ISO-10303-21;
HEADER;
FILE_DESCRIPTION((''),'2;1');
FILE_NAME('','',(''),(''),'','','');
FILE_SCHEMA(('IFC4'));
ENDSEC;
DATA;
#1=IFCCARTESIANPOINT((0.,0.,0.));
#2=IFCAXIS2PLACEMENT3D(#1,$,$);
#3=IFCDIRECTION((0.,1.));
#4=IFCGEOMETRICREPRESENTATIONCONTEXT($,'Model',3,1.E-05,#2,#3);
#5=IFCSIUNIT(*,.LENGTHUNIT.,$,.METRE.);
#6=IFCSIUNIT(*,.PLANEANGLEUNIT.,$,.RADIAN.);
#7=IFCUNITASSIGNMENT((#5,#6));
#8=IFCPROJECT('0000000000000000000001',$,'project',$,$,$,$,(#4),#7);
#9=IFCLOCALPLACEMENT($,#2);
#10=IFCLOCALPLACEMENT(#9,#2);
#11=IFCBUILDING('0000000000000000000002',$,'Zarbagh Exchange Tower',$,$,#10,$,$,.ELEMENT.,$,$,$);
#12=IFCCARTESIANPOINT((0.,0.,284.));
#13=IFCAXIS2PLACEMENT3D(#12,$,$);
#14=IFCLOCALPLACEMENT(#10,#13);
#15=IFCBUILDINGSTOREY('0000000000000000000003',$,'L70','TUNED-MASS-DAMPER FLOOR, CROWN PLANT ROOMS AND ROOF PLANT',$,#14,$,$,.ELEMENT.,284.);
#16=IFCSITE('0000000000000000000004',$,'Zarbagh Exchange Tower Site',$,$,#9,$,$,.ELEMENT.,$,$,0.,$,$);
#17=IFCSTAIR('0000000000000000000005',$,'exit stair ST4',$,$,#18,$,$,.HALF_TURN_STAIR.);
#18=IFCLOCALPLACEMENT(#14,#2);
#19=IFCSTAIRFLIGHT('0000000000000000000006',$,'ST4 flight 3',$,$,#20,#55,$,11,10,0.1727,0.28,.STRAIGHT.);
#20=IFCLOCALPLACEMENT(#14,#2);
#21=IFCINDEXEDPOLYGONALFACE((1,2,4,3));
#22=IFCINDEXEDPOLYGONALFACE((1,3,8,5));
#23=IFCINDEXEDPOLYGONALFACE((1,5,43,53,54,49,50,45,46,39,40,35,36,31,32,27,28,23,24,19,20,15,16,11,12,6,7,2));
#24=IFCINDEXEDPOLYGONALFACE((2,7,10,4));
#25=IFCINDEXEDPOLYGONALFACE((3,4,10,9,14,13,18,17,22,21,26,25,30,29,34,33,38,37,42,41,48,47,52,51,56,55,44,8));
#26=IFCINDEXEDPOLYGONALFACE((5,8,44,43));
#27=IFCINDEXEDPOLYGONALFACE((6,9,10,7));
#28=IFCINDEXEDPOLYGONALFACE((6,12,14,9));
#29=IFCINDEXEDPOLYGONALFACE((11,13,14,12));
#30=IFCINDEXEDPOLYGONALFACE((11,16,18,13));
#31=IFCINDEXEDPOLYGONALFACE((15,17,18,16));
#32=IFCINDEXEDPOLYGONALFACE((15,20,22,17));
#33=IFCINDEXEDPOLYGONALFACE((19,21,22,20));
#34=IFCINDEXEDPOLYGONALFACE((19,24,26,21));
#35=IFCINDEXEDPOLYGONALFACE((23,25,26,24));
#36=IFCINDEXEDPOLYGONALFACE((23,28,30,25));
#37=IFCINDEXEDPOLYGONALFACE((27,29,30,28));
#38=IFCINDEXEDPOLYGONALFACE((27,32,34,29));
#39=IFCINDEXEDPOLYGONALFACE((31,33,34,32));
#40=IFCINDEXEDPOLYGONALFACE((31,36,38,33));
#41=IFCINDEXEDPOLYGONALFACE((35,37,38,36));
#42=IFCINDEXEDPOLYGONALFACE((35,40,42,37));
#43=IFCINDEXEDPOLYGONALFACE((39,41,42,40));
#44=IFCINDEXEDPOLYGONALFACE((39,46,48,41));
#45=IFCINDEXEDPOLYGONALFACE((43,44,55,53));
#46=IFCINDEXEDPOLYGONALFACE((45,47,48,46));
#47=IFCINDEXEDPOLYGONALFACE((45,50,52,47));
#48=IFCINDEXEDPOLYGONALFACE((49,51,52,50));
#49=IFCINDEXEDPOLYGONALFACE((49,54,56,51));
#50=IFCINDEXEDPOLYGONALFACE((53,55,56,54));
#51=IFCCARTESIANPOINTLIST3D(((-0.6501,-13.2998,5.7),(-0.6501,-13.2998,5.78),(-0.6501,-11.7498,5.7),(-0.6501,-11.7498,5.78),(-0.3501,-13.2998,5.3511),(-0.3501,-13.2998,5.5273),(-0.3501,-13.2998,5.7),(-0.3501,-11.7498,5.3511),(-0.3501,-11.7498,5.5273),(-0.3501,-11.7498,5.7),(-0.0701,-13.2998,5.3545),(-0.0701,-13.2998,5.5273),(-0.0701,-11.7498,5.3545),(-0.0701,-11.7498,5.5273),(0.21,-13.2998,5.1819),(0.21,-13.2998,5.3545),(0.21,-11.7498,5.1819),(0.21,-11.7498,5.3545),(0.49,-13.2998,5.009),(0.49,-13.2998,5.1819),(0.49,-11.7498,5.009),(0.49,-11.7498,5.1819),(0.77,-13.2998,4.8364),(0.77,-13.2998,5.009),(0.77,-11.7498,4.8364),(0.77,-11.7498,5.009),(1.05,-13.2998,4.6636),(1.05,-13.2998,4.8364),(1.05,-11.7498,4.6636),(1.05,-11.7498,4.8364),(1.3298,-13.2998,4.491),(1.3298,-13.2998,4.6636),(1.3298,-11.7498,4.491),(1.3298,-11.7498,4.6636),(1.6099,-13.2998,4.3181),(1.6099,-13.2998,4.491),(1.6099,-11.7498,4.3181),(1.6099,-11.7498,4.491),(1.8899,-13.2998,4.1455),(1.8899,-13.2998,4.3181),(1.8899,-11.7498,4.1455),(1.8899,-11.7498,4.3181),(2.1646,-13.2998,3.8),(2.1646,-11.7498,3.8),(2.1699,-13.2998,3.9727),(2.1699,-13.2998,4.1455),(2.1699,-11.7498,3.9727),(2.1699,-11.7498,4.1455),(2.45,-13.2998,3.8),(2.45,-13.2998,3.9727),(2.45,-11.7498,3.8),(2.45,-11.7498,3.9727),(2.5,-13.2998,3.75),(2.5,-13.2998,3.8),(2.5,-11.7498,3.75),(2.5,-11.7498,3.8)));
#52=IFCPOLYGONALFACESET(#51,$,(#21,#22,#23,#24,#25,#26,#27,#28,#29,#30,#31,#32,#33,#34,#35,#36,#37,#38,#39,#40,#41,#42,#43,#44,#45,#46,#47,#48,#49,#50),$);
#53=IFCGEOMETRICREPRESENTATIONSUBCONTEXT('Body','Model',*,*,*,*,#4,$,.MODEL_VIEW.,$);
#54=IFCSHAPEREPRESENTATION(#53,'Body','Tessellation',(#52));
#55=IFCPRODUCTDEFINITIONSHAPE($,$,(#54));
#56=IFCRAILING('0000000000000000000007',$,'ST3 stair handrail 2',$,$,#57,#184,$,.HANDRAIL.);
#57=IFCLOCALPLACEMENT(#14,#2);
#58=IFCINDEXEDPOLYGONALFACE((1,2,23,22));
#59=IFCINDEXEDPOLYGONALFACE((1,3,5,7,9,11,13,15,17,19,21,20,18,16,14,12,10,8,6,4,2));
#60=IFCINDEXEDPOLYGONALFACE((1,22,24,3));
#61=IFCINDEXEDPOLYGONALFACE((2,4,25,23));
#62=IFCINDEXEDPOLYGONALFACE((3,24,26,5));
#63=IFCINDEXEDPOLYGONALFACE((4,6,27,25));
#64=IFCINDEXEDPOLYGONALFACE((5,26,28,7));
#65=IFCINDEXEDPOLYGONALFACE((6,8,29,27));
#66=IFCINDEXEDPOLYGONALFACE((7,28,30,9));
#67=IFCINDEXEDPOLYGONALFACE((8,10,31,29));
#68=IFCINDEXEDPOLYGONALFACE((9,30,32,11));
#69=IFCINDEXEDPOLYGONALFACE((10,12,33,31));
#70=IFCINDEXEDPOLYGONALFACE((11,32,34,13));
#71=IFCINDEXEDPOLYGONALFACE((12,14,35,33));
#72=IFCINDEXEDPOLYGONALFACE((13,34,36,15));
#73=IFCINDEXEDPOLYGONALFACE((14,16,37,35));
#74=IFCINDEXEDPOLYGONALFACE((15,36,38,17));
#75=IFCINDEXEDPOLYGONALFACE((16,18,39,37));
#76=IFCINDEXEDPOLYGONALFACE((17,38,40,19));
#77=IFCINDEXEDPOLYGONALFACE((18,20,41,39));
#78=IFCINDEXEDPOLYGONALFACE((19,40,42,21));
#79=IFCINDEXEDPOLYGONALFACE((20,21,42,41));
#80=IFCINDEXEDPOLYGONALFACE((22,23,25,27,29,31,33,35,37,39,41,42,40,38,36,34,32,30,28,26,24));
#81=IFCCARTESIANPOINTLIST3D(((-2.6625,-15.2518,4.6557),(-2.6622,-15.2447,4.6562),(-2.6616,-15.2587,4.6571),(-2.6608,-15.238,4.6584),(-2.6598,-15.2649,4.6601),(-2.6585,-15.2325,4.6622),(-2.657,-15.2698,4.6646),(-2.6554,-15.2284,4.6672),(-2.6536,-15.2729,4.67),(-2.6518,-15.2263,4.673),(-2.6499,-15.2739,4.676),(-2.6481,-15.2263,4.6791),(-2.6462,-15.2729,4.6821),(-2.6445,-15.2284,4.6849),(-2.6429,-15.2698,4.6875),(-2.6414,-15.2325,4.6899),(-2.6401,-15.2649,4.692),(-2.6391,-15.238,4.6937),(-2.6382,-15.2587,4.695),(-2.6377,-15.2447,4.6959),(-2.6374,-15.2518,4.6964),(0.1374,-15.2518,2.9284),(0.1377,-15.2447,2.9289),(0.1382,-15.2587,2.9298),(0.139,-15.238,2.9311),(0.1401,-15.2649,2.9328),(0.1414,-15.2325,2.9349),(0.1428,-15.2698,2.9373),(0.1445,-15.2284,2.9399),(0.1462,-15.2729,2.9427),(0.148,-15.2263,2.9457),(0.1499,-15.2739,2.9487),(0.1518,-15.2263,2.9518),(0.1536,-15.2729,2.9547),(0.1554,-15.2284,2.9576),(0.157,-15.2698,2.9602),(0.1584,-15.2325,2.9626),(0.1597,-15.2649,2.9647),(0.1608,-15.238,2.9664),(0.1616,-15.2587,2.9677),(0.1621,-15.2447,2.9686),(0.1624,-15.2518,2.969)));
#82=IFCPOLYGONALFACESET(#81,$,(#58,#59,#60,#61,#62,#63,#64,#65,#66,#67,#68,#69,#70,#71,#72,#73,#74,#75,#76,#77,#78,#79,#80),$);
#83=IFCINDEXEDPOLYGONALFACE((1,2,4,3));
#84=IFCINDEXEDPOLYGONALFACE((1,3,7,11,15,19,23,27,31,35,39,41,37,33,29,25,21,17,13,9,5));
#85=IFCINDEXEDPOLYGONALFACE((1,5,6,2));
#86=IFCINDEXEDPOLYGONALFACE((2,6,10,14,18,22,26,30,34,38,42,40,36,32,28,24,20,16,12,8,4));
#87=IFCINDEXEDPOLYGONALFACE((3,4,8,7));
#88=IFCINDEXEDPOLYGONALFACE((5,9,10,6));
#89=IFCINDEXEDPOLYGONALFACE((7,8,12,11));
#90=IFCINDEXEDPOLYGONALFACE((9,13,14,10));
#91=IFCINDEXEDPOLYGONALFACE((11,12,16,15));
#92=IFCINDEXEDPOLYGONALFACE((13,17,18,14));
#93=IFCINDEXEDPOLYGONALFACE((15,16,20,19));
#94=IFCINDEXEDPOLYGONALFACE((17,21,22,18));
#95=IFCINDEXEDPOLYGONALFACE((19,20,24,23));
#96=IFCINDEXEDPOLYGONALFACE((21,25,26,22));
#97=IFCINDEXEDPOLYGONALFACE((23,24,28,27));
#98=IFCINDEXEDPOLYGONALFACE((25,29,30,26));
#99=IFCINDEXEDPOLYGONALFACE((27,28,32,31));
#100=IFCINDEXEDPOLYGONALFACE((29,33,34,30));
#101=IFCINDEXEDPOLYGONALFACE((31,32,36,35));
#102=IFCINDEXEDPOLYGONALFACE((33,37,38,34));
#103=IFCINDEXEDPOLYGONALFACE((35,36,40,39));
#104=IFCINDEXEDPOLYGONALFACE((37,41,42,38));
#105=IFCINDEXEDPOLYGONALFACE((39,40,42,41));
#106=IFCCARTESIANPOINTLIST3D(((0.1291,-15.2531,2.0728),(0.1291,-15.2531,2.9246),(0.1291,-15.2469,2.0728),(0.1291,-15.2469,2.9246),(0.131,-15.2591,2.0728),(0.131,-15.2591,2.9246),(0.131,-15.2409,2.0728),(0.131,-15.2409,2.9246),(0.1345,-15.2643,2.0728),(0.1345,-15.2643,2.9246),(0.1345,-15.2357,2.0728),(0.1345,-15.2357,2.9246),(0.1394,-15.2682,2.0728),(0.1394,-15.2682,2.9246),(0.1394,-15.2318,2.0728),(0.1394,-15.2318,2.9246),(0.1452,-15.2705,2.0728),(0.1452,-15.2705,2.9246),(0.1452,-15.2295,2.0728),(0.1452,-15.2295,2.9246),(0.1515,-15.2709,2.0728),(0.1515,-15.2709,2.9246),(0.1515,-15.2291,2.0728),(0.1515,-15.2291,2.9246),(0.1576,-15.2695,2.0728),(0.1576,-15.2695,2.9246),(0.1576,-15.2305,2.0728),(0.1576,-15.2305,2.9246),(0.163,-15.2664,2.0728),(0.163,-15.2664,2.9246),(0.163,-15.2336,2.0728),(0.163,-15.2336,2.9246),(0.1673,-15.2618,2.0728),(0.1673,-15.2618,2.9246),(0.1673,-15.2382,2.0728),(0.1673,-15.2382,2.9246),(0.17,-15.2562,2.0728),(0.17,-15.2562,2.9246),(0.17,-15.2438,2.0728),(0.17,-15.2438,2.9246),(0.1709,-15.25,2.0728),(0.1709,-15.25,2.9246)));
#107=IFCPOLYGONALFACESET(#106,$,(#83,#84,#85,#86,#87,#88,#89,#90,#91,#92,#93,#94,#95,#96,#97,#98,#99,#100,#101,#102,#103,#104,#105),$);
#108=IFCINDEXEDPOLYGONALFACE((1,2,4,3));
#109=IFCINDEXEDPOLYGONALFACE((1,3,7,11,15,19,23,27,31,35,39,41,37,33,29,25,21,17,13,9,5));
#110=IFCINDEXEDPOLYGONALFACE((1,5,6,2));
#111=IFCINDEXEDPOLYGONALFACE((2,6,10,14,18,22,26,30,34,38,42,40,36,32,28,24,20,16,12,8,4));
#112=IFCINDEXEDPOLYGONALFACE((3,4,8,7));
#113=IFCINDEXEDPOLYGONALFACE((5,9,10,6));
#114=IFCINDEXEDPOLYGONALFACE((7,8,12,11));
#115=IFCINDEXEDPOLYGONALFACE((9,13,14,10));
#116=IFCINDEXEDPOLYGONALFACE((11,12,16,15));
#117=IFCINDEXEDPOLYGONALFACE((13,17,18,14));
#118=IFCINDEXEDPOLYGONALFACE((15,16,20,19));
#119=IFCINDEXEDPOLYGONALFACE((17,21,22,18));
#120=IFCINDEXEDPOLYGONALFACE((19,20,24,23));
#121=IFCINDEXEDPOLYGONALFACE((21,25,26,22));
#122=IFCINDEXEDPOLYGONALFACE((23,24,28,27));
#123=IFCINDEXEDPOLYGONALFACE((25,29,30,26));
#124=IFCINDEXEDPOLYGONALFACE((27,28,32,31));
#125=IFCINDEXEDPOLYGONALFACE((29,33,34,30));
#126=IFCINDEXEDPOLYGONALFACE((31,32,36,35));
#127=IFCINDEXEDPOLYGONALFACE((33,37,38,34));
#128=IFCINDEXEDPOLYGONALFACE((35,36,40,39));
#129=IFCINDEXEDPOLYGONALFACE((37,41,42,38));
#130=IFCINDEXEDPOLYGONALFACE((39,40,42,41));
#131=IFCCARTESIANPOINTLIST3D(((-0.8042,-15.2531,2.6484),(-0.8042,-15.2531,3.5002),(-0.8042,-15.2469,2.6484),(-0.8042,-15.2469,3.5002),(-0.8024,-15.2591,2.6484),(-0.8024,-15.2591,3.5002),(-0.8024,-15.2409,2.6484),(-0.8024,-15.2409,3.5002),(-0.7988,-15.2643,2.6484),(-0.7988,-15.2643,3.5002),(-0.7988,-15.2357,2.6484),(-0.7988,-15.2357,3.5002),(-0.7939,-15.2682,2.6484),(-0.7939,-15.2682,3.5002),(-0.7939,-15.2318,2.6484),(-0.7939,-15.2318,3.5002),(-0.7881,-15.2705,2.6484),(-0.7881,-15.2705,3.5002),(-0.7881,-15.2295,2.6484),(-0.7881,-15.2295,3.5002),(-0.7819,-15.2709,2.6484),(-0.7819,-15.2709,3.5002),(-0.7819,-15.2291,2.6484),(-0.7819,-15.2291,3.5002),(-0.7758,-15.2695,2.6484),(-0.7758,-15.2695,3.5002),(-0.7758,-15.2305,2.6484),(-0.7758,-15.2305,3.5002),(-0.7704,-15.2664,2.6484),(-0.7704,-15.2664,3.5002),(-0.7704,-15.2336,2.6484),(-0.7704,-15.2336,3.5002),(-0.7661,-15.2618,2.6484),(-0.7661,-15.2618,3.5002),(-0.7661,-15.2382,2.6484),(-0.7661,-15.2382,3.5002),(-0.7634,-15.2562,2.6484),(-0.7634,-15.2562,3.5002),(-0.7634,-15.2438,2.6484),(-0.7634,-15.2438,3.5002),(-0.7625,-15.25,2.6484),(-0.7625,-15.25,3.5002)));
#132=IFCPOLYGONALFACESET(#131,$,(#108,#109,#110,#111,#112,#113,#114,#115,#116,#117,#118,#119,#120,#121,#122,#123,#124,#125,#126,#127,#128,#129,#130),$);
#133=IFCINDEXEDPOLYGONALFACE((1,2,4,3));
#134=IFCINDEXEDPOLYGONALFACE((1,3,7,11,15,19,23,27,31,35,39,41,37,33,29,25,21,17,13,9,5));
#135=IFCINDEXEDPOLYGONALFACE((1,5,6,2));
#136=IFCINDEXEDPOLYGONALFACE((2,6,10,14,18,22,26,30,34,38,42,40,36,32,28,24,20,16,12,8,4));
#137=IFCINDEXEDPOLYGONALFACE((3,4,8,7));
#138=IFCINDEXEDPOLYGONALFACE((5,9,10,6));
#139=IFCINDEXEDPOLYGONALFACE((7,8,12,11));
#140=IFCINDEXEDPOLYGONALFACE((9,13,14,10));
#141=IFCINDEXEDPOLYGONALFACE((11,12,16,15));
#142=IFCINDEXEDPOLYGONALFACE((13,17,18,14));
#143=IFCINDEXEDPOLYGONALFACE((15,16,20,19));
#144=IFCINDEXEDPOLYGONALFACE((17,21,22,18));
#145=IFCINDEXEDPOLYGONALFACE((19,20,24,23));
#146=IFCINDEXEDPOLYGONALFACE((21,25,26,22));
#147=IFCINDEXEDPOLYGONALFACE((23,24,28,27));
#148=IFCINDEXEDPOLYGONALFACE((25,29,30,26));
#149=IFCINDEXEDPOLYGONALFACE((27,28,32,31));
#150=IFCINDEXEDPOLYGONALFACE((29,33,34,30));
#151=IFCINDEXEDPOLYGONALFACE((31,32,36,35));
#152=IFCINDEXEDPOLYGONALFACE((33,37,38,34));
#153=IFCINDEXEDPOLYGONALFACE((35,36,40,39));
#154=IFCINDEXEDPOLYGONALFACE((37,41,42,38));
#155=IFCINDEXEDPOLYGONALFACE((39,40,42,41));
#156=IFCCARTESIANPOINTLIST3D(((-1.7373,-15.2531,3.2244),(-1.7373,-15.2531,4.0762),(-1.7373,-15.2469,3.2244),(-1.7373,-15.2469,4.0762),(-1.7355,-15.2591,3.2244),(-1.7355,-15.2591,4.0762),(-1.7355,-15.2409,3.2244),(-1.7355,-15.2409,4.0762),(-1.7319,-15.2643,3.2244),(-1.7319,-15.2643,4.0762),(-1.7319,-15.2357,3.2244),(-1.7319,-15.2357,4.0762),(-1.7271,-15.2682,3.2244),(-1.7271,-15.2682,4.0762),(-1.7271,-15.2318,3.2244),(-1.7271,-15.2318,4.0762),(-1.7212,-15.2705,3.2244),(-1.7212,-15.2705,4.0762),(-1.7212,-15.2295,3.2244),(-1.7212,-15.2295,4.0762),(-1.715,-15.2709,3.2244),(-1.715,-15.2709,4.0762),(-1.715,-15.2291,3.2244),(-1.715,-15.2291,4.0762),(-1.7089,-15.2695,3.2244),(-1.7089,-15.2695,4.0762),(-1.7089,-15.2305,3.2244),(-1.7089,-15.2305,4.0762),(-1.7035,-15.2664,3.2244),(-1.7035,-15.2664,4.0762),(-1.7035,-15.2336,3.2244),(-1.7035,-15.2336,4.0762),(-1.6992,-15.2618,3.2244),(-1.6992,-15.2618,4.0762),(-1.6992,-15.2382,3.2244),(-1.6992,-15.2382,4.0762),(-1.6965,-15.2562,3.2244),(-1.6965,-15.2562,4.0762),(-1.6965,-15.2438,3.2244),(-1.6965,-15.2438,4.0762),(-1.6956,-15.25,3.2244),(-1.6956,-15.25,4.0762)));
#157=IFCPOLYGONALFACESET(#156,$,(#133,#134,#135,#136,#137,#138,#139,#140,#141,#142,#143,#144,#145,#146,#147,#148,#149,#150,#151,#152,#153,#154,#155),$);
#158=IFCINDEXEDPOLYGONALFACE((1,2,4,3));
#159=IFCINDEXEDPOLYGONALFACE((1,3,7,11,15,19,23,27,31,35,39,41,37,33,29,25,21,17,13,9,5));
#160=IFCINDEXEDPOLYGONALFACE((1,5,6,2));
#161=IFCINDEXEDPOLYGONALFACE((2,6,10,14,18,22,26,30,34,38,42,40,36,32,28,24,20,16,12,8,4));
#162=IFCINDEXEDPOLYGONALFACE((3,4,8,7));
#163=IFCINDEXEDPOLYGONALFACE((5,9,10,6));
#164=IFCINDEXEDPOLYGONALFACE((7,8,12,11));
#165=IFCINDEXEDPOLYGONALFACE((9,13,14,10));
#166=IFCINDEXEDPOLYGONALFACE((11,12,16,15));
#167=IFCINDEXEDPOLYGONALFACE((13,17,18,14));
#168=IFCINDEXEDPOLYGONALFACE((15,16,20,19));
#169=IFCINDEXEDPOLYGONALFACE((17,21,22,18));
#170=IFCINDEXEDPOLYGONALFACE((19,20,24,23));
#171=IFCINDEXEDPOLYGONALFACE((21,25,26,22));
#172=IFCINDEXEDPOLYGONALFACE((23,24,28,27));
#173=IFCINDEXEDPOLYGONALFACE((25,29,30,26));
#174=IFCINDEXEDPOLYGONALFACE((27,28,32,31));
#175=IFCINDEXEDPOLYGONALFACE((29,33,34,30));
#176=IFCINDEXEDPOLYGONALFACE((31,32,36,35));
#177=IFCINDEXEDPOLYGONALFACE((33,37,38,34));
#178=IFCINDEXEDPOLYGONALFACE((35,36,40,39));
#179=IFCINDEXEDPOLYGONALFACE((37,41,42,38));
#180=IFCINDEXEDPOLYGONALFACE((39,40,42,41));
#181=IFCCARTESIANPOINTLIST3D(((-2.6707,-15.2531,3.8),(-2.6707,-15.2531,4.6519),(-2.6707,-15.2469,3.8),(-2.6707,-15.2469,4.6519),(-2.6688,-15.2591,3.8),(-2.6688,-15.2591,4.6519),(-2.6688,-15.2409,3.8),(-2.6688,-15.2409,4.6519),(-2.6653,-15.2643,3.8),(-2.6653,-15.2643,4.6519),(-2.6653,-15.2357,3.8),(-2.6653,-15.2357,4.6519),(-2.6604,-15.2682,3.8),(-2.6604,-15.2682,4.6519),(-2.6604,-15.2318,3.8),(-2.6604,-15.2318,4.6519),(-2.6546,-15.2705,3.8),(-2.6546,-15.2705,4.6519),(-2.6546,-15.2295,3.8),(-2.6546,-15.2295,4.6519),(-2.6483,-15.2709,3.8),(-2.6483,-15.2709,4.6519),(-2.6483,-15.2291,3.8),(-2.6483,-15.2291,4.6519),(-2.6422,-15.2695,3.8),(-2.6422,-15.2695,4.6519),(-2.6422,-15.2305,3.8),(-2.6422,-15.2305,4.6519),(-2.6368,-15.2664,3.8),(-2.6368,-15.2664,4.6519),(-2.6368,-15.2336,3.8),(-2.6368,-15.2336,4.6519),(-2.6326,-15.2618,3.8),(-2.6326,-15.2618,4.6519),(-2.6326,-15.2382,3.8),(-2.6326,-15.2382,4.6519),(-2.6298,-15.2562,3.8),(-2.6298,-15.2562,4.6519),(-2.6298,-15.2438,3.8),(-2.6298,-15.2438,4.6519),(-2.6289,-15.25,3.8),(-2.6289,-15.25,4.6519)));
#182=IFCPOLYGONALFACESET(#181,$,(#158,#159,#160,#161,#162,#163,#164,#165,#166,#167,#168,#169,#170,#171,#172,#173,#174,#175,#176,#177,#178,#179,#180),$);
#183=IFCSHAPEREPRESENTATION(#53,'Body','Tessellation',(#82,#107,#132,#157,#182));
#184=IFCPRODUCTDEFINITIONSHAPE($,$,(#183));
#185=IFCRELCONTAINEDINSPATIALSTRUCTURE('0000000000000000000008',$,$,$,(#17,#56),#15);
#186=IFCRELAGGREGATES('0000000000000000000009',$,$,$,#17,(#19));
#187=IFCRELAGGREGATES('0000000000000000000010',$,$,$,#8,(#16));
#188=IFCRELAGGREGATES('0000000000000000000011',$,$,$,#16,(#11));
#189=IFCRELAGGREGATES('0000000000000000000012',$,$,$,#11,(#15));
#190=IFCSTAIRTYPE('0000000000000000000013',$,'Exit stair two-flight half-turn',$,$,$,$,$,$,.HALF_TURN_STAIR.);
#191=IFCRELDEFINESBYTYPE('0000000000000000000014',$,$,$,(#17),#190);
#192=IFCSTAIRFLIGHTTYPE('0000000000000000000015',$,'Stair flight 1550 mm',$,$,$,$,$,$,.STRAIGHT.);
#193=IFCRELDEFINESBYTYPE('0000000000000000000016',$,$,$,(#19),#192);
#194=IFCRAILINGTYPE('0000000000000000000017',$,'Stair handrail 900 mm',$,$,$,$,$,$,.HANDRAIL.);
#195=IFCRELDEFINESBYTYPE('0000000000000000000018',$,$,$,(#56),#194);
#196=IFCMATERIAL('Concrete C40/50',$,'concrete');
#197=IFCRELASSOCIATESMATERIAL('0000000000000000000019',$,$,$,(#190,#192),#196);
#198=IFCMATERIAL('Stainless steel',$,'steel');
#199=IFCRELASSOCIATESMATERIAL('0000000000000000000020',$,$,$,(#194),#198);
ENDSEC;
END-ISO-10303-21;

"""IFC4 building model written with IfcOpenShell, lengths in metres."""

from ifc_helpers import new_model, si_unit, direction, frame, origin, origin_2d, place, context, subcontext, project, spatial, polyline, circle, outline, extrude, material, type_object, element, aggregate, save


model = new_model("IFC4")

# Units and contexts
model_context = context("Model", 3, precision=1e-05, world=origin(), true_north=direction((0.0, 1.0)))
body_context = subcontext(model_context, "Body", "Model", "MODEL_VIEW")
ifc_project = project(units=[si_unit("LENGTHUNIT", "METRE"), si_unit("PLANEANGLEUNIT", "RADIAN")], contexts=[model_context])

# Site, building, storey
site_placement = place(None, origin())
site = spatial("IfcSite", under=ifc_project, at=site_placement, Name="Zarbagh Exchange Tower Site", CompositionType="ELEMENT", RefElevation=0.0)
building_placement = place(site_placement, origin())
building = spatial("IfcBuilding", under=site, at=building_placement, Name="Zarbagh Exchange Tower", CompositionType="ELEMENT")
storey_placement = place(building_placement, frame((0.0, 0.0, 284.0)))
storey = spatial("IfcBuildingStorey", under=building, at=storey_placement, Name="L70", Description="TUNED-MASS-DAMPER FLOOR, CROWN PLANT ROOMS AND ROOF PLANT", CompositionType="ELEMENT", Elevation=284.0)

# Shared definitions
ifc_material_1 = material(Name="Concrete C40/50", Category="concrete")

# Stair, stair flight
stair_type = type_object("IfcStairType", Name="Exit stair two-flight half-turn", PredefinedType="HALF_TURN_STAIR", material=ifc_material_1)
stair_1_placement = place(storey_placement, origin())
stair_1 = element("IfcStair", 1, at=stair_1_placement, inside=storey, type_object=stair_type, Name="exit stair ST4", PredefinedType="HALF_TURN_STAIR")
stair_flight_type_1 = type_object("IfcStairFlightType", Name="Stair flight 1550 mm", PredefinedType="STRAIGHT", material=ifc_material_1)
stair_flight_1_placement = place(storey_placement, frame((2.45, -12.5249, 3.8), z_axis=(0.0, 0.0, 1.0), x_axis=(-1.0, 0.0, 0.0)))
stair_flight_1 = element("IfcStairFlight", 2, at=stair_flight_1_placement, type_object=stair_flight_type_1, Name="ST4 flight 3", NumberOfRisers=11, NumberOfTreads=10, PredefinedType="STRAIGHT", RiserHeight=0.1727, TreadLength=0.28, context=body_context, shape_type="SweptSolid", body=[
    extrude(outline(polyline([(-0.05, -0.05), (-0.05, 0.0), (0.0, 0.0), (0.0, 0.1726), (0.28, 0.1726), (0.28, 0.3455), (0.5601, 0.3455), (0.5601, 0.5181), (0.8401, 0.5181), (0.8401, 0.6909), (1.1201, 0.6909), (1.1201, 0.8635), (1.3999, 0.8635), (1.3999, 1.0364), (1.6799, 1.0364), (1.6799, 1.209), (1.96, 1.209), (1.96, 1.3818), (2.24, 1.3818), (2.24, 1.5544), (2.52, 1.5544), (2.52, 1.7273), (2.8, 1.7273), (2.8, 1.8999), (3.1001, 1.98), (3.1001, 1.8999), (2.8, 1.551), (0.2854, 0.0), (-0.05, -0.05)])), frame((0.0, 0.7749, 0.0), z_axis=(0.0, -1.0, 0.0), x_axis=(1.0, 0.0, 0.0)), (0.0, 0.0, 1.0), 1.55),
])
aggregate(stair_1, [stair_flight_1])

# Railing
ifc_material_2 = material(Name="Stainless steel", Category="steel")
railing_type_1 = type_object("IfcRailingType", Name="Stair handrail 900 mm", PredefinedType="HANDRAIL", material=ifc_material_2)
for number, where, name in (
    (3, (0.1499, -15.25, 2.0728), "ST3 stair handrail 2"),
):
    element("IfcRailing", number, at=place(storey_placement, frame(where)), inside=storey, type_object=railing_type_1, Name=name, PredefinedType="HANDRAIL", context=body_context, shape_type="SweptSolid", body=[
        extrude(circle(Radius=0.0239, at=origin_2d()), frame((0.0, 0.0, 0.876), z_axis=(-0.851069, 0.0, 0.525054), x_axis=(0.0, -1.0, 0.0)), (0.0, 0.0, 1.0), 3.2898),
        extrude(circle(Radius=0.021, at=origin_2d()), origin(), (0.0, 0.0, 1.0), 0.8518),
        extrude(circle(Radius=0.021, at=origin_2d()), frame((-0.9333, 0.0, 0.5757)), (0.0, 0.0, 1.0), 0.8518),
        extrude(circle(Radius=0.021, at=origin_2d()), frame((-1.8665, 0.0, 1.1516)), (0.0, 0.0, 1.0), 0.8518),
        extrude(circle(Radius=0.021, at=origin_2d()), frame((-2.7998, 0.0, 1.7273)), (0.0, 0.0, 1.0), 0.8518),
    ])

save(model, "model.ifc")
